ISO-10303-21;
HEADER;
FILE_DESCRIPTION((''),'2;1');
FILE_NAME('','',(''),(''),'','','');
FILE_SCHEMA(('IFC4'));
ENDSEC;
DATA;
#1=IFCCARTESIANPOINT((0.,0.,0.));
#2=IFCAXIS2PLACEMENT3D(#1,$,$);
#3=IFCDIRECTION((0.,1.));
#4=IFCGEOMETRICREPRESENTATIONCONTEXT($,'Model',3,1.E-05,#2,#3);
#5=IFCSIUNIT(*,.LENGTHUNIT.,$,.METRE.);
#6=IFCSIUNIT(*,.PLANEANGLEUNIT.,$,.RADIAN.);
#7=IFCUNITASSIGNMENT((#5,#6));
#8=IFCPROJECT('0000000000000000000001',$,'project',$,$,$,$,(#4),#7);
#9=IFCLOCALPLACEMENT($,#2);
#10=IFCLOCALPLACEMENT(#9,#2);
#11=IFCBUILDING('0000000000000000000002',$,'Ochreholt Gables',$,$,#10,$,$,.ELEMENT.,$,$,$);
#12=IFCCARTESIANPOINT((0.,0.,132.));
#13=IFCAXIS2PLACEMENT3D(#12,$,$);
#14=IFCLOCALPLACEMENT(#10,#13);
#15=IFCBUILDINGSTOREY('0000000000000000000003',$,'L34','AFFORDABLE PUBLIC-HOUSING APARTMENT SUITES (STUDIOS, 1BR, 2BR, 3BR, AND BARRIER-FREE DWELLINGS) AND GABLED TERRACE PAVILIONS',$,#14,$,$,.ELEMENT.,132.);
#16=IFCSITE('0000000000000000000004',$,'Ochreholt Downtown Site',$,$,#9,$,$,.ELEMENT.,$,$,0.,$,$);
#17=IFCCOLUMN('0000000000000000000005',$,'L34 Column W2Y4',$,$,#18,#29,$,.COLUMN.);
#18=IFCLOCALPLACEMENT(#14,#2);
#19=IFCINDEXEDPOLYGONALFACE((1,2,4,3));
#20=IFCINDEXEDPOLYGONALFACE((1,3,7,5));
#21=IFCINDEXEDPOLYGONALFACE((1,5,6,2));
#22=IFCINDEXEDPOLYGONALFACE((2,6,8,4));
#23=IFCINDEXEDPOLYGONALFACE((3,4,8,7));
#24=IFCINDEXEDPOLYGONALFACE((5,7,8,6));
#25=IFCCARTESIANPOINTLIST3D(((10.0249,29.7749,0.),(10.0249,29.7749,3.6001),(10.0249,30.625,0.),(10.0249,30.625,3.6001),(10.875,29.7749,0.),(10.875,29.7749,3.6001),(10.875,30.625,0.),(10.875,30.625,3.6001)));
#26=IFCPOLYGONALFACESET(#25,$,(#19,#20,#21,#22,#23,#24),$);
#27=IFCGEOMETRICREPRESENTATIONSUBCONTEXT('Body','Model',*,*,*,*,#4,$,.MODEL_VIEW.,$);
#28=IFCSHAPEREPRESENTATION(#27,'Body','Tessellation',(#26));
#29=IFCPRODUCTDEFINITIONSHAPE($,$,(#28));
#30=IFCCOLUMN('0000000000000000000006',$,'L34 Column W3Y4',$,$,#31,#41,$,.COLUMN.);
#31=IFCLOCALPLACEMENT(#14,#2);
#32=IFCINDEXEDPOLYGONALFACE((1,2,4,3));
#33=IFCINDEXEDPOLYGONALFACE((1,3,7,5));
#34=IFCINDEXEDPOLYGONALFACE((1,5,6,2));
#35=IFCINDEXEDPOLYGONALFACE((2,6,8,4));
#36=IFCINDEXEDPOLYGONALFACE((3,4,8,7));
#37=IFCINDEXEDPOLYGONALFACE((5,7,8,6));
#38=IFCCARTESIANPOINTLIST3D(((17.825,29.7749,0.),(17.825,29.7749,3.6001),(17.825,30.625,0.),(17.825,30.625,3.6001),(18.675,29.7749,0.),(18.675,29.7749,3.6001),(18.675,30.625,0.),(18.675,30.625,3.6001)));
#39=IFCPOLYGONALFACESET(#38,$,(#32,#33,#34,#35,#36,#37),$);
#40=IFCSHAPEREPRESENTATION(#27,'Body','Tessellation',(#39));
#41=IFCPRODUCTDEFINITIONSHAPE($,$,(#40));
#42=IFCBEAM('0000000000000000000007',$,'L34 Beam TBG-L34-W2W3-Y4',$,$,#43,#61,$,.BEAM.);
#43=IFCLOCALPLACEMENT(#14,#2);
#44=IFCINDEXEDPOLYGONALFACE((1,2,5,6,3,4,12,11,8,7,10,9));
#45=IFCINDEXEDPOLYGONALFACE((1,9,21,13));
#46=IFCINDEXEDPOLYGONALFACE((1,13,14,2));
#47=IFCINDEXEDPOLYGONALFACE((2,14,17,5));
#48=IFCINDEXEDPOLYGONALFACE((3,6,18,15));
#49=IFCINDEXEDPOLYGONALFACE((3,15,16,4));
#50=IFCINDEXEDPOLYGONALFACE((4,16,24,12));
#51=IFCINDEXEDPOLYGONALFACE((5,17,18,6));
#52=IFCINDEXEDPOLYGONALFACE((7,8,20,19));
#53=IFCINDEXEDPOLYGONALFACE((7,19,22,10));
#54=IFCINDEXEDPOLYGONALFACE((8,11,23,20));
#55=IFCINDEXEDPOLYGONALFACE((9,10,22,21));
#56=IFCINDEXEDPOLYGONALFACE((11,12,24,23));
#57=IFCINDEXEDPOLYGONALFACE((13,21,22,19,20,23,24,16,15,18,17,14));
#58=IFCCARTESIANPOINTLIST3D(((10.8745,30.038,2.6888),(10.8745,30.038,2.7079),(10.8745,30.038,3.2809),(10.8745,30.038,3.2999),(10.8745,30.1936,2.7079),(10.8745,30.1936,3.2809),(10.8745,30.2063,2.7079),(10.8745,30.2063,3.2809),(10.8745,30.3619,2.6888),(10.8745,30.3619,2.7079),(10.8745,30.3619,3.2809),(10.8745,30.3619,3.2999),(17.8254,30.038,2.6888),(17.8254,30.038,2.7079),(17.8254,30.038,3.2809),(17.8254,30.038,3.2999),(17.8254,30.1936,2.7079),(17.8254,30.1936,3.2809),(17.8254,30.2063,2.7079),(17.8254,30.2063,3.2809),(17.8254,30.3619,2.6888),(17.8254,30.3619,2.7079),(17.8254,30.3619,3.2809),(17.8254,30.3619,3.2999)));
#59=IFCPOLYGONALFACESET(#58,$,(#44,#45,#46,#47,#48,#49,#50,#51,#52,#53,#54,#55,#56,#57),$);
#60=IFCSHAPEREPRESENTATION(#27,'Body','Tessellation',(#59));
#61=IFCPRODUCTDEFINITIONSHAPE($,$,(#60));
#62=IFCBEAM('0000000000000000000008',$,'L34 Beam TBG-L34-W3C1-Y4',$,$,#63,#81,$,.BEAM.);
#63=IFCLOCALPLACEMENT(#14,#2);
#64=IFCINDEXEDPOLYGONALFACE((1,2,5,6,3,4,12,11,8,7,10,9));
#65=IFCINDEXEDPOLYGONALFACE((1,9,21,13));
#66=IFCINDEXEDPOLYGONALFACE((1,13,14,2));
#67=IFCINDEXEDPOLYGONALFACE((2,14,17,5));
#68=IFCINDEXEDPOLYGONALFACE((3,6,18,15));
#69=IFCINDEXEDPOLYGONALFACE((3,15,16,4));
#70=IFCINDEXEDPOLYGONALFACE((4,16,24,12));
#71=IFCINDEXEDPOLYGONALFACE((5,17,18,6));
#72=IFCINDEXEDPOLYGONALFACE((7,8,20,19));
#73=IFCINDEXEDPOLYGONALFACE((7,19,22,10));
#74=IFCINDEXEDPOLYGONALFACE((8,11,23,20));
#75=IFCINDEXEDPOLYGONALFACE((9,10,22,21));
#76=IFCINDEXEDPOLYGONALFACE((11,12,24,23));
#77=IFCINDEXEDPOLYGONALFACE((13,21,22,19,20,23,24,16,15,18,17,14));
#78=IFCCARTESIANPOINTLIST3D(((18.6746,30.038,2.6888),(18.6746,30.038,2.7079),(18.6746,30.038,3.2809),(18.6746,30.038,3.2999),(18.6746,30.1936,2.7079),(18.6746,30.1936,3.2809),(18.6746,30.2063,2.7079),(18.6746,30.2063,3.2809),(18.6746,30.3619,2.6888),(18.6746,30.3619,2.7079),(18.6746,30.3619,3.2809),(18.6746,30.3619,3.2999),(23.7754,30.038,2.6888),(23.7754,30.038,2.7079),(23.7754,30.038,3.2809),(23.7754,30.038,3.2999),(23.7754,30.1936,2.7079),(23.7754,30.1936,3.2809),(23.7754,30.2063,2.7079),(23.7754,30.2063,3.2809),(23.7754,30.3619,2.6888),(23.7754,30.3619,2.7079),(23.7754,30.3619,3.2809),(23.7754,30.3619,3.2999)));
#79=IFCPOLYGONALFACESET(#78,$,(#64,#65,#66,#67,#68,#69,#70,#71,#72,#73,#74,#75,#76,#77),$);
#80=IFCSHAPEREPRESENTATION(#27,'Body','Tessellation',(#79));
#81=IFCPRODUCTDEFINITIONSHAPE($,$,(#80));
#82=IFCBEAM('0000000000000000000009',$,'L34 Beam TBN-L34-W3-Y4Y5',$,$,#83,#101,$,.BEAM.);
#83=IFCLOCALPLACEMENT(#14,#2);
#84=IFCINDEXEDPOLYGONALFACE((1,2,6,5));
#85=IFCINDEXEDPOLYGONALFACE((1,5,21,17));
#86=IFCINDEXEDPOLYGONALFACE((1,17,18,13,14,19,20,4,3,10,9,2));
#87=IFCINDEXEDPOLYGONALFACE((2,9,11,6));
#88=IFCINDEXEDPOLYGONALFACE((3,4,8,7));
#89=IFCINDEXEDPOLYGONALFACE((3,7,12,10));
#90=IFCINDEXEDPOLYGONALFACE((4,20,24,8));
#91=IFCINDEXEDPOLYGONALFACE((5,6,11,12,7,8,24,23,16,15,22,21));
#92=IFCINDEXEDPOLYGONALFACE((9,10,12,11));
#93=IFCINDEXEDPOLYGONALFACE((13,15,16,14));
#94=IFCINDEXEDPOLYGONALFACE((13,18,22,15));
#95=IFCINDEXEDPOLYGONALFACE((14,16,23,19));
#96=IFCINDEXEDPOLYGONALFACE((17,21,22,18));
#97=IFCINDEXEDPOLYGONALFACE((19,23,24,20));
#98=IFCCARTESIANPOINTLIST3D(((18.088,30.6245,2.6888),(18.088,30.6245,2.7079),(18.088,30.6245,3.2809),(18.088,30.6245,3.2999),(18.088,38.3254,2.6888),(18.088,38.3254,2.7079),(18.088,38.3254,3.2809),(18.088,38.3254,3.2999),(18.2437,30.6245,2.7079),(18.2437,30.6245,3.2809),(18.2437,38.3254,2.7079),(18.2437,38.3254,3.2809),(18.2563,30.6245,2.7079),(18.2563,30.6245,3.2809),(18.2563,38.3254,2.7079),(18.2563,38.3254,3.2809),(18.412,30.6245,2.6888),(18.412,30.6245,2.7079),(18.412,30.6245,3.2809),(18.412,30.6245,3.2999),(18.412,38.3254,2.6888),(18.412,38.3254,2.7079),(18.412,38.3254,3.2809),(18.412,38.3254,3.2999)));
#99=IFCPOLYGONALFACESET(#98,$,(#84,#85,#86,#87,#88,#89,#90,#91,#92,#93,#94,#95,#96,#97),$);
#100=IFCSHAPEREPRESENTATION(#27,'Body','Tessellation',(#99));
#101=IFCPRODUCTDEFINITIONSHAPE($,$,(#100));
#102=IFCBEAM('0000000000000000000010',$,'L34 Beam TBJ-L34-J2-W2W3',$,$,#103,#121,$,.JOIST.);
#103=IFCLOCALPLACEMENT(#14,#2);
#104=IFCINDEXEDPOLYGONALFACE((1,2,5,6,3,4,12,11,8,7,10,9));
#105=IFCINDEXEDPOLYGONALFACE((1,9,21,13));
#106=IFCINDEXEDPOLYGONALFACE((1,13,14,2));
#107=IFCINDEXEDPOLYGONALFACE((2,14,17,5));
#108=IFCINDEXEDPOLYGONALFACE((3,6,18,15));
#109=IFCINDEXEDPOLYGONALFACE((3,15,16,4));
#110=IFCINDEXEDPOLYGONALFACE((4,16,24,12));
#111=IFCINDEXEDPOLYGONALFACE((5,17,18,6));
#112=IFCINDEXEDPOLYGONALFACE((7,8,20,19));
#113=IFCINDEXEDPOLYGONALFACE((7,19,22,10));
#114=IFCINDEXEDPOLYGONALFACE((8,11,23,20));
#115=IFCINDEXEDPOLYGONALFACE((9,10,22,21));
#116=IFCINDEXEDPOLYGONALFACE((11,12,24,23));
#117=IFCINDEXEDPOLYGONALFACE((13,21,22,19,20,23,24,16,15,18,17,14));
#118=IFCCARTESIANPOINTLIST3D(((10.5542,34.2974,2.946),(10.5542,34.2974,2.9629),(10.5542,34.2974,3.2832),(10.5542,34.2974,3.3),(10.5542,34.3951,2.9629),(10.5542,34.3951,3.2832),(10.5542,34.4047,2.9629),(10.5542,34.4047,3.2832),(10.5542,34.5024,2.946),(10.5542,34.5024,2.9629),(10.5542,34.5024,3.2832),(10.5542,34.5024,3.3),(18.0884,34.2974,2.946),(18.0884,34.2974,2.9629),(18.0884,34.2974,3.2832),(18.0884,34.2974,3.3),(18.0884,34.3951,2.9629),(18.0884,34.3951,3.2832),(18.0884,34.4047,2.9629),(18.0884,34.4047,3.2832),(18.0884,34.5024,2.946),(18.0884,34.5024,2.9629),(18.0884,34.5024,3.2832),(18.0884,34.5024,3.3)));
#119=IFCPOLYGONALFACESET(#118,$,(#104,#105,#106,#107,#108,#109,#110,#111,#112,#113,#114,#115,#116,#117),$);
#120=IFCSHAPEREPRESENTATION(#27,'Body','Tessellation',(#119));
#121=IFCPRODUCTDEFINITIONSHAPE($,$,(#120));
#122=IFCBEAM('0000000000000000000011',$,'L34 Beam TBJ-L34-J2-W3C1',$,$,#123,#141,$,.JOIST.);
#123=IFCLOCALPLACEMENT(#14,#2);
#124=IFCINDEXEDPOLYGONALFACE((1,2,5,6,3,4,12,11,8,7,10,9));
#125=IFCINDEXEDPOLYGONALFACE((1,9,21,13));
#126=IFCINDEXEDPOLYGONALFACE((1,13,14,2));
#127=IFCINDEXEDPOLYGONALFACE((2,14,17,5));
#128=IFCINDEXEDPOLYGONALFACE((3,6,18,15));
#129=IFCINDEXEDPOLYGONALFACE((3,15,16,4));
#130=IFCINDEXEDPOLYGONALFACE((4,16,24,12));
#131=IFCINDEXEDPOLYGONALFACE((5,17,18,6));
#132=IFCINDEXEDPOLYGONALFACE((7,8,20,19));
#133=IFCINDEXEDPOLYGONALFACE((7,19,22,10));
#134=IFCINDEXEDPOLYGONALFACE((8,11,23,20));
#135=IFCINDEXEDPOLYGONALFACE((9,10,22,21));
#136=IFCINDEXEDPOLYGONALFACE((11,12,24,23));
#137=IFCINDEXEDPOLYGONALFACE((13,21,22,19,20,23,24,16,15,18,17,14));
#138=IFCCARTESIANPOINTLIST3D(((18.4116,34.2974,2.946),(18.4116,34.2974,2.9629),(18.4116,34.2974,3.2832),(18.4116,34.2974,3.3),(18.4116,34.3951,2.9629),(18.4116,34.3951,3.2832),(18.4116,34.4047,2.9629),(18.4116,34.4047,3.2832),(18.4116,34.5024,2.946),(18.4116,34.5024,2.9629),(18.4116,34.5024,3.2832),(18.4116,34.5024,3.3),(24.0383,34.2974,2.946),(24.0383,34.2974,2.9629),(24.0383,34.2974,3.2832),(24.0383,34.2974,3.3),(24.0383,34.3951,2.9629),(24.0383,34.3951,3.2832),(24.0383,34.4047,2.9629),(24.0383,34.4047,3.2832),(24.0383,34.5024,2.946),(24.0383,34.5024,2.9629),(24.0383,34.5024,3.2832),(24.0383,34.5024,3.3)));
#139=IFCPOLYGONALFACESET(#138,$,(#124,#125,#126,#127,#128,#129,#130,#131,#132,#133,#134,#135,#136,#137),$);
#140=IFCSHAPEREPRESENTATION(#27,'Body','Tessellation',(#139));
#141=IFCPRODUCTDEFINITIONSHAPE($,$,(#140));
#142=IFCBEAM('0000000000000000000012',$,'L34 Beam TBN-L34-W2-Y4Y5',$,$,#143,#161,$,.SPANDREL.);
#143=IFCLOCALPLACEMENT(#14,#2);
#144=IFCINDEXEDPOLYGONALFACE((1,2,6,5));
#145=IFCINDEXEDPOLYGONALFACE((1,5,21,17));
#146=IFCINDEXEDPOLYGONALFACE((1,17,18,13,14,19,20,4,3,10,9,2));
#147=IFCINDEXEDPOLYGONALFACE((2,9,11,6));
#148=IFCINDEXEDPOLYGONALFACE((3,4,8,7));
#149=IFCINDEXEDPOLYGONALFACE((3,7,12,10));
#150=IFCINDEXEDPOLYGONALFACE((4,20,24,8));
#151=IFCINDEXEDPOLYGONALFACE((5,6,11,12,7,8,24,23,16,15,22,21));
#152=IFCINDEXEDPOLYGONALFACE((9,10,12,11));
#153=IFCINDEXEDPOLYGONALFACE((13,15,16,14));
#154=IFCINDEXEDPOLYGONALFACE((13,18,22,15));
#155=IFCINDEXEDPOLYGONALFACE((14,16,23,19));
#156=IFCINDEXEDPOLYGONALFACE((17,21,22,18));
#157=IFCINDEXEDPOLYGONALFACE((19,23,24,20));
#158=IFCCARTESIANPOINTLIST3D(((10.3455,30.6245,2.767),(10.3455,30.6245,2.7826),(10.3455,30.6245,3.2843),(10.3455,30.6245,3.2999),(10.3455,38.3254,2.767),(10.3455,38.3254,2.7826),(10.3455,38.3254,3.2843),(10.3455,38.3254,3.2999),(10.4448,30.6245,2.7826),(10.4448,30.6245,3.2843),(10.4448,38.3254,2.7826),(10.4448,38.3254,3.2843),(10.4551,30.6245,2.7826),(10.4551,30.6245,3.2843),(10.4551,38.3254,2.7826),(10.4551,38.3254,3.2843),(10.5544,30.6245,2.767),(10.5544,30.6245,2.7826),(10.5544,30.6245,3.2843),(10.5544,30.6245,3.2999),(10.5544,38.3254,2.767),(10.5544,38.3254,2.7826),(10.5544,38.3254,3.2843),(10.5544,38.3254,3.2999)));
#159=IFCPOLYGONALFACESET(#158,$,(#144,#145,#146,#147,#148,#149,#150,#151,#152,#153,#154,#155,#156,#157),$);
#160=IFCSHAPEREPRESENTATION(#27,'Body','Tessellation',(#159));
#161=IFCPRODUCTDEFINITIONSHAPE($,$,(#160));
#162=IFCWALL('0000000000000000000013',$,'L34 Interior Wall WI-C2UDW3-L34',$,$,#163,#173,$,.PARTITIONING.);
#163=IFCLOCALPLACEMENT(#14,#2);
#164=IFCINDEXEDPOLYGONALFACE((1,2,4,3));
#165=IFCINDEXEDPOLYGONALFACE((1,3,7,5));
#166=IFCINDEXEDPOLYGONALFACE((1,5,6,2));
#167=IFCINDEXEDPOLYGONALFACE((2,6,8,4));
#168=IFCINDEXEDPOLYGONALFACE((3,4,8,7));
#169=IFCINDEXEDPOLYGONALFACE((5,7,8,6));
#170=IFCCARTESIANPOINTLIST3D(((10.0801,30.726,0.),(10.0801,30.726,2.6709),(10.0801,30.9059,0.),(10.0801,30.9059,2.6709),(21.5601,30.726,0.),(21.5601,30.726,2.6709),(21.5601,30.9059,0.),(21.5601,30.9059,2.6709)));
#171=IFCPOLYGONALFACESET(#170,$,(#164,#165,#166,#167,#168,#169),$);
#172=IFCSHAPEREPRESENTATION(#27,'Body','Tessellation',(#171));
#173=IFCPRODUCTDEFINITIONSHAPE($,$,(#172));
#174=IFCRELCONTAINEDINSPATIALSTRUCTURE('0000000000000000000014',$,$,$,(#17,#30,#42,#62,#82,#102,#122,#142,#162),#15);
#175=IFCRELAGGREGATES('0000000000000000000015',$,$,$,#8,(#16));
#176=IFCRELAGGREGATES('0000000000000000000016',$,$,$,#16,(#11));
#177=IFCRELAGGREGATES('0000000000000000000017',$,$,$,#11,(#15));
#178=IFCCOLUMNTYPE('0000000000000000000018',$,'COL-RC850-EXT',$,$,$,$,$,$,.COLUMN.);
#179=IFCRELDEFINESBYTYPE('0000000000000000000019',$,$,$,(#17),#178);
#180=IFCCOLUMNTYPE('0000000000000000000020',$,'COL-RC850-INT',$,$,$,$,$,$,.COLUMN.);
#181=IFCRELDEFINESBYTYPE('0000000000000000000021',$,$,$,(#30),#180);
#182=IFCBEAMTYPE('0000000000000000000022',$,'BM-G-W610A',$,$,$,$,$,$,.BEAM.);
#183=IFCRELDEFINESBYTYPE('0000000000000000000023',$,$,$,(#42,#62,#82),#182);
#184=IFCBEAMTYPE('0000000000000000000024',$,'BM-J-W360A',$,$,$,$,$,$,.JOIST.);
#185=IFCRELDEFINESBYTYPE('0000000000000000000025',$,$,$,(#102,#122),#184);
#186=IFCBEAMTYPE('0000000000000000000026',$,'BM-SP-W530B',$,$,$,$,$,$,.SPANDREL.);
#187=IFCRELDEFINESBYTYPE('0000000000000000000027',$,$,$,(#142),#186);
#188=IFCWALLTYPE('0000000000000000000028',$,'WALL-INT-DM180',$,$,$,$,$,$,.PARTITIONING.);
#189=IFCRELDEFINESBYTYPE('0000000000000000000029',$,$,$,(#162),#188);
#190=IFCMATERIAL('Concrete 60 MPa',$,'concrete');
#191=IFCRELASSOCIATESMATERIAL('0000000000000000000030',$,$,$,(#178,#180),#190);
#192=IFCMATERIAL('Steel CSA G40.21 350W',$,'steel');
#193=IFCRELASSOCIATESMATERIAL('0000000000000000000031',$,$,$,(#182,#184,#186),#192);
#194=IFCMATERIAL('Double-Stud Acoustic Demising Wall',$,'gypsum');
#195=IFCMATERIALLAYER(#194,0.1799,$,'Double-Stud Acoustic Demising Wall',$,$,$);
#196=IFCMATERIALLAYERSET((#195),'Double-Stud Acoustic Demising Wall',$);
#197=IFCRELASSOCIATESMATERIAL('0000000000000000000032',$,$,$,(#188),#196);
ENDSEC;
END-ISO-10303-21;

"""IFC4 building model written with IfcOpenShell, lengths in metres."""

from ifc_helpers import new_model, si_unit, direction, frame, frame_2d, origin, origin_2d, place, context, subcontext, project, spatial, rectangle, i_section, extrude, material, layer, layer_set, material_profile, profile_set, type_object, element, save


model = new_model("IFC4")

# Units and contexts
model_context = context("Model", 3, precision=1e-05, world=origin(), true_north=direction((0.0, 1.0)))
body_context = subcontext(model_context, "Body", "Model", "MODEL_VIEW")
ifc_project = project(units=[si_unit("LENGTHUNIT", "METRE"), si_unit("PLANEANGLEUNIT", "RADIAN")], contexts=[model_context])

# Site, building, storey
site_placement = place(None, origin())
site = spatial("IfcSite", under=ifc_project, at=site_placement, Name="Ochreholt Downtown Site", CompositionType="ELEMENT", RefElevation=0.0)
building_placement = place(site_placement, origin())
building = spatial("IfcBuilding", under=site, at=building_placement, Name="Ochreholt Gables", CompositionType="ELEMENT")
storey_placement = place(building_placement, frame((0.0, 0.0, 132.0)))
storey = spatial("IfcBuildingStorey", under=building, at=storey_placement, Name="L34", Description="AFFORDABLE PUBLIC-HOUSING APARTMENT SUITES (STUDIOS, 1BR, 2BR, 3BR, AND BARRIER-FREE DWELLINGS) AND GABLED TERRACE PAVILIONS", CompositionType="ELEMENT", Elevation=132.0)

# Columns
ifc_material_1 = material(Name="Concrete 60 MPa", Category="concrete")
ifc_material_profile_1 = material_profile(ifc_material_1, rectangle(XDim=0.8501, YDim=0.8501, at=origin_2d()), Name="RC850X850")
ifc_profile_set_1 = profile_set([ifc_material_profile_1], Name="Concrete 60 MPa")
column_type_1 = type_object("IfcColumnType", Name="COL-RC850-EXT", PredefinedType="COLUMN", material=ifc_profile_set_1)
column_1_placement = place(storey_placement, frame((10.45, 30.2, 0.0), z_axis=(0.0, 0.0, 1.0), x_axis=(1.0, 0.0, 0.0)))
element("IfcColumn", 1, at=column_1_placement, inside=storey, type_object=column_type_1, Name="L34 Column W2Y4", PredefinedType="COLUMN", context=body_context, shape_type="SweptSolid", body=[
    extrude(rectangle(XDim=0.8501, YDim=0.8501, at=origin_2d()), origin(), (0.0, 0.0, 1.0), 3.6001),
])
ifc_material_profile_2 = material_profile(ifc_material_1, rectangle(XDim=0.8501, YDim=0.8501, at=origin_2d()), Name="RC850X850")
ifc_profile_set_2 = profile_set([ifc_material_profile_2], Name="Concrete 60 MPa")
column_type_2 = type_object("IfcColumnType", Name="COL-RC850-INT", PredefinedType="COLUMN", material=ifc_profile_set_2)
column_2_placement = place(storey_placement, frame((18.25, 30.2, 0.0), z_axis=(0.0, 0.0, 1.0), x_axis=(1.0, 0.0, 0.0)))
element("IfcColumn", 2, at=column_2_placement, inside=storey, type_object=column_type_2, Name="L34 Column W3Y4", PredefinedType="COLUMN", context=body_context, shape_type="SweptSolid", body=[
    extrude(rectangle(XDim=0.8501, YDim=0.8501, at=origin_2d()), origin(), (0.0, 0.0, 1.0), 3.6001),
])

# Beams
ifc_material_2 = material(Name="Steel CSA G40.21 350W", Category="steel")
ifc_material_profile_3 = material_profile(ifc_material_2, i_section(OverallWidth=0.324, OverallDepth=0.6111, WebThickness=0.0127, FlangeThickness=0.019, at=origin_2d()), Name="W610X155")
ifc_profile_set_3 = profile_set([ifc_material_profile_3], Name="Steel CSA G40.21 350W")
beam_type_1 = type_object("IfcBeamType", Name="BM-G-W610A", PredefinedType="BEAM", material=ifc_profile_set_3)
beam_1_placement = place(storey_placement, frame((10.8745, 30.2, 2.9944), z_axis=(1.0, 0.0, 0.0), x_axis=(0.0, 1.0, 0.0)))
element("IfcBeam", 3, at=beam_1_placement, inside=storey, type_object=beam_type_1, Name="L34 Beam TBG-L34-W2W3-Y4", PredefinedType="BEAM", context=body_context, shape_type="SweptSolid", body=[
    extrude(i_section(OverallWidth=0.324, OverallDepth=0.6111, WebThickness=0.0127, FlangeThickness=0.019, at=origin_2d()), origin(), (0.0, 0.0, 1.0), 6.9509),
])
beam_2_placement = place(storey_placement, frame((18.6746, 30.2, 2.9944), z_axis=(1.0, 0.0, 0.0), x_axis=(0.0, 1.0, 0.0)))
element("IfcBeam", 4, at=beam_2_placement, inside=storey, type_object=beam_type_1, Name="L34 Beam TBG-L34-W3C1-Y4", PredefinedType="BEAM", context=body_context, shape_type="SweptSolid", body=[
    extrude(i_section(OverallWidth=0.324, OverallDepth=0.6111, WebThickness=0.0127, FlangeThickness=0.019, at=origin_2d()), origin(), (0.0, 0.0, 1.0), 5.1008),
])
beam_3_placement = place(storey_placement, frame((18.25, 30.6245, 2.9944), z_axis=(0.0, 1.0, 0.0), x_axis=(-1.0, 0.0, 0.0)))
element("IfcBeam", 5, at=beam_3_placement, inside=storey, type_object=beam_type_1, Name="L34 Beam TBN-L34-W3-Y4Y5", PredefinedType="BEAM", context=body_context, shape_type="SweptSolid", body=[
    extrude(i_section(OverallWidth=0.324, OverallDepth=0.6111, WebThickness=0.0127, FlangeThickness=0.019, at=origin_2d()), origin(), (0.0, 0.0, 1.0), 7.7009),
])
ifc_material_profile_4 = material_profile(ifc_material_2, i_section(OverallWidth=0.2051, OverallDepth=0.354, WebThickness=0.0095, FlangeThickness=0.0168, at=origin_2d()), Name="W360X79")
ifc_profile_set_4 = profile_set([ifc_material_profile_4], Name="Steel CSA G40.21 350W")
beam_type_2 = type_object("IfcBeamType", Name="BM-J-W360A", PredefinedType="JOIST", material=ifc_profile_set_4)
beam_4_placement = place(storey_placement, frame((10.5542, 34.3999, 3.123), z_axis=(1.0, 0.0, 0.0), x_axis=(0.0, 1.0, 0.0)))
element("IfcBeam", 6, at=beam_4_placement, inside=storey, type_object=beam_type_2, Name="L34 Beam TBJ-L34-J2-W2W3", PredefinedType="JOIST", context=body_context, shape_type="SweptSolid", body=[
    extrude(i_section(OverallWidth=0.2051, OverallDepth=0.354, WebThickness=0.0095, FlangeThickness=0.0168, at=origin_2d()), origin(), (0.0, 0.0, 1.0), 7.5342),
])
beam_5_placement = place(storey_placement, frame((18.4116, 34.3999, 3.123), z_axis=(1.0, 0.0, 0.0), x_axis=(0.0, 1.0, 0.0)))
element("IfcBeam", 7, at=beam_5_placement, inside=storey, type_object=beam_type_2, Name="L34 Beam TBJ-L34-J2-W3C1", PredefinedType="JOIST", context=body_context, shape_type="SweptSolid", body=[
    extrude(i_section(OverallWidth=0.2051, OverallDepth=0.354, WebThickness=0.0095, FlangeThickness=0.0168, at=origin_2d()), origin(), (0.0, 0.0, 1.0), 5.6267),
])
ifc_material_profile_5 = material_profile(ifc_material_2, i_section(OverallWidth=0.209, OverallDepth=0.533, WebThickness=0.0103, FlangeThickness=0.0156, at=origin_2d()), Name="W530X92")
ifc_profile_set_5 = profile_set([ifc_material_profile_5], Name="Steel CSA G40.21 350W")
beam_type_3 = type_object("IfcBeamType", Name="BM-SP-W530B", PredefinedType="SPANDREL", material=ifc_profile_set_5)
beam_6_placement = place(storey_placement, frame((10.45, 30.6245, 3.0334), z_axis=(0.0, 1.0, 0.0), x_axis=(-1.0, 0.0, 0.0)))
element("IfcBeam", 8, at=beam_6_placement, inside=storey, type_object=beam_type_3, Name="L34 Beam TBN-L34-W2-Y4Y5", PredefinedType="SPANDREL", context=body_context, shape_type="SweptSolid", body=[
    extrude(i_section(OverallWidth=0.209, OverallDepth=0.533, WebThickness=0.0103, FlangeThickness=0.0156, at=origin_2d()), origin(), (0.0, 0.0, 1.0), 7.7009),
])

# Wall
ifc_material_3 = material(Name="Double-Stud Acoustic Demising Wall", Category="gypsum")
ifc_layer_1 = layer(ifc_material_3, 0.1799, Name="Double-Stud Acoustic Demising Wall")
ifc_layer_set_1 = layer_set([ifc_layer_1], Name="Double-Stud Acoustic Demising Wall")
wall_type_1 = type_object("IfcWallType", Name="WALL-INT-DM180", PredefinedType="PARTITIONING", material=ifc_layer_set_1)
wall_1_placement = place(storey_placement, frame((10.0801, 30.8159, 0.0), z_axis=(0.0, 0.0, 1.0), x_axis=(1.0, 0.0, 0.0)))
element("IfcWall", 9, at=wall_1_placement, inside=storey, type_object=wall_type_1, Name="L34 Interior Wall WI-C2UDW3-L34", PredefinedType="PARTITIONING", context=body_context, shape_type="SweptSolid", body=[
    extrude(rectangle(XDim=11.48, YDim=0.1799, at=frame_2d((5.74, 0.0))), origin(), (0.0, 0.0, 1.0), 2.6709),
])

save(model, "model.ifc")
